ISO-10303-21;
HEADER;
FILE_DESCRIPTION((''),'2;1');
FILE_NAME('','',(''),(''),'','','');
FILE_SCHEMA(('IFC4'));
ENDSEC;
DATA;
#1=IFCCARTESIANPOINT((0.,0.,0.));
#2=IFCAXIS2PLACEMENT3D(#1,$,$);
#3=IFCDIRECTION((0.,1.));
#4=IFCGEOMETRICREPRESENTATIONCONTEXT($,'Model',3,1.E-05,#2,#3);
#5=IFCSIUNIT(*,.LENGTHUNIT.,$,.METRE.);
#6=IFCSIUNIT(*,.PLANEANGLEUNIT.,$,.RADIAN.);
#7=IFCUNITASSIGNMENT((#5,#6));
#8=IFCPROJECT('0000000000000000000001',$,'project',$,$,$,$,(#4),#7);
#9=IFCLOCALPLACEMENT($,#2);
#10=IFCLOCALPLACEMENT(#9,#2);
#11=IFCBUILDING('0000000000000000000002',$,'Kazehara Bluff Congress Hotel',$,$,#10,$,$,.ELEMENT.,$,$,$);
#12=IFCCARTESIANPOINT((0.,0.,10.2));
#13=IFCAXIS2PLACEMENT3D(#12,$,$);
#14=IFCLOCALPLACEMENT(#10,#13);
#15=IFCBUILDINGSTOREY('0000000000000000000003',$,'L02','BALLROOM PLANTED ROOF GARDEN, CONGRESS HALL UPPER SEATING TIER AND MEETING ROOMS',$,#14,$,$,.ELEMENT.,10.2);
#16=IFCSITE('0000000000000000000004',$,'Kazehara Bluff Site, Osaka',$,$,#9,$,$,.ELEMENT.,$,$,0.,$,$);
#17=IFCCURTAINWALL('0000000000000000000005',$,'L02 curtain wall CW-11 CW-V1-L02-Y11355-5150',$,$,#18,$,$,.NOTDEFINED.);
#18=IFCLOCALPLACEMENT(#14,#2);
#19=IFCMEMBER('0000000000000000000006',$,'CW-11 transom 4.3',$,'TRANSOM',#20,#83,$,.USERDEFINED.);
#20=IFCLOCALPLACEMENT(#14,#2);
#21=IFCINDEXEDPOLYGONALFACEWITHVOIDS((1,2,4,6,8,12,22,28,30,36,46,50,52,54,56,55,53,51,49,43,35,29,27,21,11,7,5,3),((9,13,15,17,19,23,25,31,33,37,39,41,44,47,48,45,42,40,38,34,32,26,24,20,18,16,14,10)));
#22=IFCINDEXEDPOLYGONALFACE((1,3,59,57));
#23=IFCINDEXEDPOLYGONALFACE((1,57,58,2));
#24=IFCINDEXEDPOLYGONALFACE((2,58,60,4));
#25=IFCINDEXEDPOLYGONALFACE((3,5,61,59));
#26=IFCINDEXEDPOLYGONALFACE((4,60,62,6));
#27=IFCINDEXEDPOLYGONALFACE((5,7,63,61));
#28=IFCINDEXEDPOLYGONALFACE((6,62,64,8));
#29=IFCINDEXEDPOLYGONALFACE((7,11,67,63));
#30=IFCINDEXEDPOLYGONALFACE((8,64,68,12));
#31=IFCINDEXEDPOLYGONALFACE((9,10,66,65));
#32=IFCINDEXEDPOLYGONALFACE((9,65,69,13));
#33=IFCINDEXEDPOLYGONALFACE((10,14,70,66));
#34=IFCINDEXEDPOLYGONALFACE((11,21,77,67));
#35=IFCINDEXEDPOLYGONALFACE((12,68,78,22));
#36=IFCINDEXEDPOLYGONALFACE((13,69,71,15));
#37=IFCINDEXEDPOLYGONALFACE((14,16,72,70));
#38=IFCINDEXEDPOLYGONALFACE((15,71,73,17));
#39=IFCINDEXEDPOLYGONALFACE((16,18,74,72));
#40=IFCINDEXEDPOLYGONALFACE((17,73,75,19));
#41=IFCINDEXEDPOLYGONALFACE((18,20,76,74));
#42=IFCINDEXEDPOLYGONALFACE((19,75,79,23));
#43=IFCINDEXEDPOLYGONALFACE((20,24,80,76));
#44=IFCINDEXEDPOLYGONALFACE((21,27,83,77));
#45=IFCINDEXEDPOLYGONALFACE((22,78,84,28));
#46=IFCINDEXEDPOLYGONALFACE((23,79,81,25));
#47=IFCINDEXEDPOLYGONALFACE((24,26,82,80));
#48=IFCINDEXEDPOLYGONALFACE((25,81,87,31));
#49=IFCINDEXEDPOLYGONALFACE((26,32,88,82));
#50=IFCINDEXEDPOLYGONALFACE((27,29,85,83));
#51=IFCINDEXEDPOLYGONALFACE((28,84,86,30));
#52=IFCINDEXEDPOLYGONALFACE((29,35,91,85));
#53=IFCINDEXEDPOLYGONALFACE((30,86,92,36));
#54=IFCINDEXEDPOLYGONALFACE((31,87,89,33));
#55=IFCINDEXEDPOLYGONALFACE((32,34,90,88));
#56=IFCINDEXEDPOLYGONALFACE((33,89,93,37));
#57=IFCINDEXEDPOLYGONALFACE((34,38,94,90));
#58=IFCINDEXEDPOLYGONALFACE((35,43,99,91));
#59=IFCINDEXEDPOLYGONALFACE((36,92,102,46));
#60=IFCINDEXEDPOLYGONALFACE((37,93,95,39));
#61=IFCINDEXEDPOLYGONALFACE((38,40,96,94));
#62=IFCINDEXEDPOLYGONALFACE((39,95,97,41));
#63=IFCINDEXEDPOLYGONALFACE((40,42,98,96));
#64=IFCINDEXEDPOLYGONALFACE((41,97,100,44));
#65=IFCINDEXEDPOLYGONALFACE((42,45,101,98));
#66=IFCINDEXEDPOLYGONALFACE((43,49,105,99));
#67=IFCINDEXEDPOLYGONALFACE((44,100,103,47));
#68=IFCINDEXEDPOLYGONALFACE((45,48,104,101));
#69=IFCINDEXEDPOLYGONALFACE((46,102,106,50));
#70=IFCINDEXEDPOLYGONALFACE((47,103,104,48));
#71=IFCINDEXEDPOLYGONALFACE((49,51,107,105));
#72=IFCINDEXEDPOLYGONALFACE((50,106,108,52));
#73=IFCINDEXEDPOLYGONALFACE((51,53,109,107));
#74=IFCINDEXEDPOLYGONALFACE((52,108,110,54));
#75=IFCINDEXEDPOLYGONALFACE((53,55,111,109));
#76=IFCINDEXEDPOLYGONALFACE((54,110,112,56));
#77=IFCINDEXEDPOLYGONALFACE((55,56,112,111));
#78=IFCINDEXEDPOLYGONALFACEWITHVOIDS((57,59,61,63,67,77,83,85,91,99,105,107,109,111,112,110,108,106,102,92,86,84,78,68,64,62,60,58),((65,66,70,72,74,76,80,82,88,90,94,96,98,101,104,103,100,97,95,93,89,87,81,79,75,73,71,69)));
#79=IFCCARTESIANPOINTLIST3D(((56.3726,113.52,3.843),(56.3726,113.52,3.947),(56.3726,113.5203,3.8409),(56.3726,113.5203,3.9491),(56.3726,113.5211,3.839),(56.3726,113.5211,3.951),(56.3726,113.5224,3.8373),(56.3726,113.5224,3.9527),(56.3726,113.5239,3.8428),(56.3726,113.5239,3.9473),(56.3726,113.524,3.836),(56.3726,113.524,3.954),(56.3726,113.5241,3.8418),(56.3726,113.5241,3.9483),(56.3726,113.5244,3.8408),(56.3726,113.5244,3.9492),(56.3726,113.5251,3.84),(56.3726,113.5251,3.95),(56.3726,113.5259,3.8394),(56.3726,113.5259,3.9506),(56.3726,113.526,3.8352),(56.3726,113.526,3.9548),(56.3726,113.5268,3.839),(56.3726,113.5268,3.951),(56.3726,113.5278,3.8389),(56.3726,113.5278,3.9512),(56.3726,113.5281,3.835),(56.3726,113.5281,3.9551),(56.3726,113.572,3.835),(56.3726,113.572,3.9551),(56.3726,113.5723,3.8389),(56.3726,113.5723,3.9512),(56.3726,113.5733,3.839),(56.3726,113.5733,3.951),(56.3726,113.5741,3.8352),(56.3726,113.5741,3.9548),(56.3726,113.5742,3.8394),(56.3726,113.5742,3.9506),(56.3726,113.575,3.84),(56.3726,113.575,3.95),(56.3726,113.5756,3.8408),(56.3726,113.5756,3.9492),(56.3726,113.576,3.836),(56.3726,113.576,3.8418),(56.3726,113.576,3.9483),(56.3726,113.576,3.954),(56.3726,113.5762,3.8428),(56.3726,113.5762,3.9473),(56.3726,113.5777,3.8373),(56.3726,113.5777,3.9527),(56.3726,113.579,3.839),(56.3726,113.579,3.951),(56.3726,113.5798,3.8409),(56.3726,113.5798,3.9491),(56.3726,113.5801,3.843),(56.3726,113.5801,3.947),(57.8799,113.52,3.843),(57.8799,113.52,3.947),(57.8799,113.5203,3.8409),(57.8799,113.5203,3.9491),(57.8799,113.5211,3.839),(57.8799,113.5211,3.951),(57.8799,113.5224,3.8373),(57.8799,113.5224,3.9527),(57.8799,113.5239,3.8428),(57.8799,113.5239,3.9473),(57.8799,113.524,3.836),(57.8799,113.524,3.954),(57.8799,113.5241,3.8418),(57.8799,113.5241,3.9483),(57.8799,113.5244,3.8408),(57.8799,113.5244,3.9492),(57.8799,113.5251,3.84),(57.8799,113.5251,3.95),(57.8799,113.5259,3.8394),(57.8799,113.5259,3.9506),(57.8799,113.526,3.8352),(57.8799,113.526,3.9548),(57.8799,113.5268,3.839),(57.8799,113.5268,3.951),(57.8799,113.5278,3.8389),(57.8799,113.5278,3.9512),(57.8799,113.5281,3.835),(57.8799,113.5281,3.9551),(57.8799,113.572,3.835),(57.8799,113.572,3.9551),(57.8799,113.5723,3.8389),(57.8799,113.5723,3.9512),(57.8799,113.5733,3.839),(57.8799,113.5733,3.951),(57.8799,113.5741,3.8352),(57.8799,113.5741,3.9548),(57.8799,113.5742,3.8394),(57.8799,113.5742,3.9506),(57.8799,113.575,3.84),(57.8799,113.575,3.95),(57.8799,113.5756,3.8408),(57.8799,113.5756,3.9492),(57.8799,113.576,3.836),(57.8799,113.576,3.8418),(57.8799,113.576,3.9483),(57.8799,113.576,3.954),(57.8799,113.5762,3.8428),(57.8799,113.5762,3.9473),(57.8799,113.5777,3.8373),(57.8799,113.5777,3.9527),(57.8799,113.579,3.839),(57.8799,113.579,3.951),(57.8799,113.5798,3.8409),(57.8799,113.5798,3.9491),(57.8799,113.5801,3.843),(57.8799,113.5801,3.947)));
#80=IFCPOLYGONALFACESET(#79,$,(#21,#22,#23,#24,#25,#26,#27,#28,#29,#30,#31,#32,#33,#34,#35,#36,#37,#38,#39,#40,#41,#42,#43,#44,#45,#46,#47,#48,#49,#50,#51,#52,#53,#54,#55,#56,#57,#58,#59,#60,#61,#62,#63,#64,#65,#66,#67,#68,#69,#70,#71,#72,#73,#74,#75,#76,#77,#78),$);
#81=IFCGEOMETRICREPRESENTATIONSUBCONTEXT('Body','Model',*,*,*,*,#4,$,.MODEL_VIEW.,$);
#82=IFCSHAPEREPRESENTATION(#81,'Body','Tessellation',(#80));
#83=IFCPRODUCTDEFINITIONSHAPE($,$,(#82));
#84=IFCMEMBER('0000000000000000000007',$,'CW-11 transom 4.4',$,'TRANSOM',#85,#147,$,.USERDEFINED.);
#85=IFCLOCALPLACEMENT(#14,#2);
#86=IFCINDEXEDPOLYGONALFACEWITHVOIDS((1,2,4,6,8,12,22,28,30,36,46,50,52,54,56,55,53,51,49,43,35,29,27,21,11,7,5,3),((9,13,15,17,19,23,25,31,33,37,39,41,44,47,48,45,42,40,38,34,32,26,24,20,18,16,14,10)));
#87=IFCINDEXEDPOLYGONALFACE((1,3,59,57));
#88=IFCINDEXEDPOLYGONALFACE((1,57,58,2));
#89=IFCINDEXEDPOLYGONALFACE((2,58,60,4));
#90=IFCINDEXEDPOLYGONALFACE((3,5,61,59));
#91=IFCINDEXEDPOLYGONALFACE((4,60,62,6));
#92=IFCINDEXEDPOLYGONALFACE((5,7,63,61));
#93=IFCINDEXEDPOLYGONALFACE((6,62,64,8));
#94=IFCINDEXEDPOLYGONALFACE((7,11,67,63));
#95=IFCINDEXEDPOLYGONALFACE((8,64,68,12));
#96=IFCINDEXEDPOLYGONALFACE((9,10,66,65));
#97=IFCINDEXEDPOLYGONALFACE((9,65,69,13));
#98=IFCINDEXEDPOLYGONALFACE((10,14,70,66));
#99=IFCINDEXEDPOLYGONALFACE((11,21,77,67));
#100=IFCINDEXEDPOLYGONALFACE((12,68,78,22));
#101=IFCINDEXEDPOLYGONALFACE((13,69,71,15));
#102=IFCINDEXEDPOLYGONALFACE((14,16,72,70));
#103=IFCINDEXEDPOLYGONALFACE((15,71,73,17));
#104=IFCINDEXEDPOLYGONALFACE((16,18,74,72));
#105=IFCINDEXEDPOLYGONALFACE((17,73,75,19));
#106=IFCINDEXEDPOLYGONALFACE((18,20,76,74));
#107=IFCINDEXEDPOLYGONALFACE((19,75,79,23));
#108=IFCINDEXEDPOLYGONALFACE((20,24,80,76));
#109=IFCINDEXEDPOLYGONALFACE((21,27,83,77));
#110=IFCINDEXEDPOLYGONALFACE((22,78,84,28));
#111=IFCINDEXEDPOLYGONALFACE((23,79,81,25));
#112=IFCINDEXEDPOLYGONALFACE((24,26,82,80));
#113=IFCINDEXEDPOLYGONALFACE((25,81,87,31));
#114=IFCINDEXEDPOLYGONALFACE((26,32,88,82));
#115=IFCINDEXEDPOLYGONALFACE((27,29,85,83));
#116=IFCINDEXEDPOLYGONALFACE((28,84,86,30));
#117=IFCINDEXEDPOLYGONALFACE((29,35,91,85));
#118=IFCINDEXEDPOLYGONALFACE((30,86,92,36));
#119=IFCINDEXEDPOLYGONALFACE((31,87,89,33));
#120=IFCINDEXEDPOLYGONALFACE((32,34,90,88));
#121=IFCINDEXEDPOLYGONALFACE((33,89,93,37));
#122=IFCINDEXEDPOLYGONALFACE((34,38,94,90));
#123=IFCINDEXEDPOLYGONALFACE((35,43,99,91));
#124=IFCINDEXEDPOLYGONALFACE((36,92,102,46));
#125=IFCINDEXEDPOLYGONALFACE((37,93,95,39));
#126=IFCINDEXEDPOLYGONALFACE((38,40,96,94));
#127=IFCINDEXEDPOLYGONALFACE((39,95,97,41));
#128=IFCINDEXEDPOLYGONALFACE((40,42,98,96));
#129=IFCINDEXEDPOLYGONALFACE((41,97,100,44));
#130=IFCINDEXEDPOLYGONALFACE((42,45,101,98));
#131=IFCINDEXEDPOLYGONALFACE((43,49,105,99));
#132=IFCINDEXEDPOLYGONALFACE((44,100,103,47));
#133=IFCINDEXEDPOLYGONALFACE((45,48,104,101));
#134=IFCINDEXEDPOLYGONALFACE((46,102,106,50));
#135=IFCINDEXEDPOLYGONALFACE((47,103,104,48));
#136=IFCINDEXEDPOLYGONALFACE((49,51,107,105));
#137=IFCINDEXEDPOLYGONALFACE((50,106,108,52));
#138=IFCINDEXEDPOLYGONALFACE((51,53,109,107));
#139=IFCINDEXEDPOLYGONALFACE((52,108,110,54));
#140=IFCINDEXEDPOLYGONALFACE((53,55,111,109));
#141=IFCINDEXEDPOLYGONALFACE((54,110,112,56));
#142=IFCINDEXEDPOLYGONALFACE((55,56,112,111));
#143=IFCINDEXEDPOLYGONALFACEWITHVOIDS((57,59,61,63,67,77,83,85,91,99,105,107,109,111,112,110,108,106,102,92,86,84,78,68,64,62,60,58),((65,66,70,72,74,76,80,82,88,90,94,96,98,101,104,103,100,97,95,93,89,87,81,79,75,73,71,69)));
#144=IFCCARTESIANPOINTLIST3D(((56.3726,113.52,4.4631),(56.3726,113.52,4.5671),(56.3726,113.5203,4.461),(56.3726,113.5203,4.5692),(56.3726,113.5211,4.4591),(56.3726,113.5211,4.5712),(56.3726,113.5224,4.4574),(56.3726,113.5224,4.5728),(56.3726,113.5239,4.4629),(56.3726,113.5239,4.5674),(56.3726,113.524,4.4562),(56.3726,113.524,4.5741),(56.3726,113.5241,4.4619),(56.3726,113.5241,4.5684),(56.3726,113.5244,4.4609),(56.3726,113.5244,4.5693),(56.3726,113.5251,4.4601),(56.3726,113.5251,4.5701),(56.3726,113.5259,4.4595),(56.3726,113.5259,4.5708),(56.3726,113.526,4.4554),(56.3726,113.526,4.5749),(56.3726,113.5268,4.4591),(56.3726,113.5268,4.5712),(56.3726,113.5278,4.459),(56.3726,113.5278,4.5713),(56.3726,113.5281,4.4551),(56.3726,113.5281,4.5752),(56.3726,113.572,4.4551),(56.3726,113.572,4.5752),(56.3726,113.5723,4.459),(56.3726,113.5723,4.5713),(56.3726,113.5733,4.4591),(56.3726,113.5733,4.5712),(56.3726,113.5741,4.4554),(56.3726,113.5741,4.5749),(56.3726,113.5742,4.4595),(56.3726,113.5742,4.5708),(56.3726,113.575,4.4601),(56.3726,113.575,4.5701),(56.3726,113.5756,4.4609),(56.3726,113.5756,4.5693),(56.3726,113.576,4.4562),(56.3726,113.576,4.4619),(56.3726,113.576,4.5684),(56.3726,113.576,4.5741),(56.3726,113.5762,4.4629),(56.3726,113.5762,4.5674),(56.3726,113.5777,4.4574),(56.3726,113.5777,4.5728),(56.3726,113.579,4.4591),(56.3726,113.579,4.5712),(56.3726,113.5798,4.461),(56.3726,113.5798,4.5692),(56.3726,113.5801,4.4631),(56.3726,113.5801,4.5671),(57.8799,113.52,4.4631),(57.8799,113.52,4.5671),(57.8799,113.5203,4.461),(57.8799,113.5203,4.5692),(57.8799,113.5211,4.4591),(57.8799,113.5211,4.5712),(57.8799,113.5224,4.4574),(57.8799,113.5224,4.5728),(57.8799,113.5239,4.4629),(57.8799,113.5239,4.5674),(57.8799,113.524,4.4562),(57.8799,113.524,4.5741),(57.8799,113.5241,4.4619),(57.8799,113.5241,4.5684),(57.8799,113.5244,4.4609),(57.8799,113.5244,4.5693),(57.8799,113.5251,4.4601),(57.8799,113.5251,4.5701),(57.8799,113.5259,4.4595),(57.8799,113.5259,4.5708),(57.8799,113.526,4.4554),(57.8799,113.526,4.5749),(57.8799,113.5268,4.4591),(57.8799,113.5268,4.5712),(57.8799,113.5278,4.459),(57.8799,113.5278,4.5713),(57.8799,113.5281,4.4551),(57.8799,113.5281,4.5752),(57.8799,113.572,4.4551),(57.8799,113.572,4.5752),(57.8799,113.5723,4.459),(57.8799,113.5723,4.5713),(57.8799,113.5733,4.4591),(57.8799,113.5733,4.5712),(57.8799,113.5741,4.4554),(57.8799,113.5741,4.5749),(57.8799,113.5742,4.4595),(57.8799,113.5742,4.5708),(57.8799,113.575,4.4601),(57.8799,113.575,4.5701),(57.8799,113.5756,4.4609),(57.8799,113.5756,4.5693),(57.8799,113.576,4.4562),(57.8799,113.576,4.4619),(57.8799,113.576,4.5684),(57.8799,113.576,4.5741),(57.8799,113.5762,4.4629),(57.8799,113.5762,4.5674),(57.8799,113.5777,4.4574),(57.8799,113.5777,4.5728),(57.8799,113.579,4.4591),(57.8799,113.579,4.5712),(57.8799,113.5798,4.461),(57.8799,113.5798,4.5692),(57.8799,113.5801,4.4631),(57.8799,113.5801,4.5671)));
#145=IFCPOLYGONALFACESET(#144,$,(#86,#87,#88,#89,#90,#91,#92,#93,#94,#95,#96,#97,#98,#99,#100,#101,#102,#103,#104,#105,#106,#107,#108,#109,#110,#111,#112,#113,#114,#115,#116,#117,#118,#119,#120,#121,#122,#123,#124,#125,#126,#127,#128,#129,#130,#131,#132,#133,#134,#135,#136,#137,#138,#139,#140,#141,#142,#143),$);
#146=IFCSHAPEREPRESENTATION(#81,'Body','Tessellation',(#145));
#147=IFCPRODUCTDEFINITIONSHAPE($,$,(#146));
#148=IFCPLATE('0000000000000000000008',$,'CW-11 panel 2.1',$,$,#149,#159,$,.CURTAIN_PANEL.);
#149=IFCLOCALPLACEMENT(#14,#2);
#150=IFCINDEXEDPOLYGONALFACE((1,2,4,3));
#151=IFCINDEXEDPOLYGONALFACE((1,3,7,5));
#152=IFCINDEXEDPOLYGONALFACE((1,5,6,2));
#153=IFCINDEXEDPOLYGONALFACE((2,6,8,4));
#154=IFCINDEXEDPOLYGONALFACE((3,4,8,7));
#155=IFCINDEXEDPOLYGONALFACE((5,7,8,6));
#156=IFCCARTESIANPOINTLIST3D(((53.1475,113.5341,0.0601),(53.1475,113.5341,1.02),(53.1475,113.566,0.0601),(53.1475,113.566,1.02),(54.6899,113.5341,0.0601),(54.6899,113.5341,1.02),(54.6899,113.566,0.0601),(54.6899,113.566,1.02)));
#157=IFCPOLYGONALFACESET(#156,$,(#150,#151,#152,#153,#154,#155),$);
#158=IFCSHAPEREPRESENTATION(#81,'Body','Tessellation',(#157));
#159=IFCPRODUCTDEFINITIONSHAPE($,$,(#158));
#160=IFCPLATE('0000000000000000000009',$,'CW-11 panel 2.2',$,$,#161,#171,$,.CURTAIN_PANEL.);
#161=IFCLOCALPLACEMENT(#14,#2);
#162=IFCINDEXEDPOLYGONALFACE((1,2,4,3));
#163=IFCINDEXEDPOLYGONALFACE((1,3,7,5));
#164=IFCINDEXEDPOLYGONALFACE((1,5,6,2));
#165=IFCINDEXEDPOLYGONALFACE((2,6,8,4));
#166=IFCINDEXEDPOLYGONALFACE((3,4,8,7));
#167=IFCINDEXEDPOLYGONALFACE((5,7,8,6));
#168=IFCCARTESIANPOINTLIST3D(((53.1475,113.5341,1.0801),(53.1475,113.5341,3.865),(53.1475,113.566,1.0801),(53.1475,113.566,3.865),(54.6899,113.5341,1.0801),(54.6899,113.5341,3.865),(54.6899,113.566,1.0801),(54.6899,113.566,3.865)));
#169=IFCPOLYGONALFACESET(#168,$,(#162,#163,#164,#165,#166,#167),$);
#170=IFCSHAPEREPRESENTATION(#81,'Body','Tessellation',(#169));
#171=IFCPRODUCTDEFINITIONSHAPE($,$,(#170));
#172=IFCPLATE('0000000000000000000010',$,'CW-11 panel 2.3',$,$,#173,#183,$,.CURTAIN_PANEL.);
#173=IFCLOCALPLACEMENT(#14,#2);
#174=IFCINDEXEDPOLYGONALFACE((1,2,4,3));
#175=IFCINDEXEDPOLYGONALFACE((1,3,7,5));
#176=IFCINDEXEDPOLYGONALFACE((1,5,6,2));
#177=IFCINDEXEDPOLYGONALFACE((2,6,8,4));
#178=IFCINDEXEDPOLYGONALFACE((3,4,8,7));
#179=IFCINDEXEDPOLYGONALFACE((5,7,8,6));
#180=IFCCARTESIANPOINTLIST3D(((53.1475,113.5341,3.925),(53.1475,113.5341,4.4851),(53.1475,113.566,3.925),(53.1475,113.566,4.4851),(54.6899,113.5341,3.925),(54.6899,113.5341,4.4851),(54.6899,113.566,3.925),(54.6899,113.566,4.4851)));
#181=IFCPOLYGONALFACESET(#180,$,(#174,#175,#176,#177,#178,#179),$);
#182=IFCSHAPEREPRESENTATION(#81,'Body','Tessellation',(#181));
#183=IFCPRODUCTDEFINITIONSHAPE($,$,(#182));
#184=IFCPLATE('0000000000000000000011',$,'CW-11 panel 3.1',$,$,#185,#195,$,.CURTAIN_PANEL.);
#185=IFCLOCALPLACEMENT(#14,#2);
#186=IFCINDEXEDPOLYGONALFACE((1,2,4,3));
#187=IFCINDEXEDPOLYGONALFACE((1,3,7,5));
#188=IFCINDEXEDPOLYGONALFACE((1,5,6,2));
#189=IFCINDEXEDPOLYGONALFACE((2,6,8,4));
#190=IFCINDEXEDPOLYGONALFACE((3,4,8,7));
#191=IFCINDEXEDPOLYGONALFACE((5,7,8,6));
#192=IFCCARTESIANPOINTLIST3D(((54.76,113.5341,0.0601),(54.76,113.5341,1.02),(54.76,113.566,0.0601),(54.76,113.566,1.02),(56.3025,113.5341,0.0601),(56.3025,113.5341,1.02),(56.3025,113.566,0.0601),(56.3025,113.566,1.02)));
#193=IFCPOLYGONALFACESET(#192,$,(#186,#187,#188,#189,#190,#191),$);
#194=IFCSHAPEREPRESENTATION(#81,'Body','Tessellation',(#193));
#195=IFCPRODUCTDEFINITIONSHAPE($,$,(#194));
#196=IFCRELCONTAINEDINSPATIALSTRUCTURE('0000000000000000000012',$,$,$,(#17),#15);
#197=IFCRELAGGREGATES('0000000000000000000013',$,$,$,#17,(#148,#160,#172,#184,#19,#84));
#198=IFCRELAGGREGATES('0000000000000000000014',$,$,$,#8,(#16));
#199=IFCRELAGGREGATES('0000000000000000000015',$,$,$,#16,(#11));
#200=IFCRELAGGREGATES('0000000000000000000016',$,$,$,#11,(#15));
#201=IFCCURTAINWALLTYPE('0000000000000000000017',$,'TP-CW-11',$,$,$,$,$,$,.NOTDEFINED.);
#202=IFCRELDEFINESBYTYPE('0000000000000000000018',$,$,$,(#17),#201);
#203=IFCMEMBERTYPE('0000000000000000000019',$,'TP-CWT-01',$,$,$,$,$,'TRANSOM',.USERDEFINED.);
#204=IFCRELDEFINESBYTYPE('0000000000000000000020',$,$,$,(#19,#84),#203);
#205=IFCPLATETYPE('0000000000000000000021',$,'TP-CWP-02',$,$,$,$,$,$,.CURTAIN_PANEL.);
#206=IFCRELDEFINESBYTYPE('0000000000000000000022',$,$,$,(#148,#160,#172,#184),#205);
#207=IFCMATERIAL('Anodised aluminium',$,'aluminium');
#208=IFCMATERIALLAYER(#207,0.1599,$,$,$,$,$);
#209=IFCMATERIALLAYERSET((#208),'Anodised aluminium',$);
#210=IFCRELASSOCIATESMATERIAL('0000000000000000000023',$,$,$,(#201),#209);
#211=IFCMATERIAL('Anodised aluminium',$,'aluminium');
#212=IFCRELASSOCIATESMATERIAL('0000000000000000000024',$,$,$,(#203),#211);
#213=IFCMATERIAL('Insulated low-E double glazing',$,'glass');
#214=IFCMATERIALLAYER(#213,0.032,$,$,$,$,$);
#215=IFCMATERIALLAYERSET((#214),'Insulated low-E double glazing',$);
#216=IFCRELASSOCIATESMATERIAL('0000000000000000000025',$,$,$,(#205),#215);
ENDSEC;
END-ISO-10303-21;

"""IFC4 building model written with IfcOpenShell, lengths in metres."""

from ifc_helpers import new_model, si_unit, direction, frame, origin, origin_2d, place, context, subcontext, project, spatial, rectangle, hollow_rectangle, extrude, material, layer, layer_set, material_profile, profile_set, type_object, element, aggregate, save


model = new_model("IFC4")

# Units and contexts
model_context = context("Model", 3, precision=1e-05, world=origin(), true_north=direction((0.0, 1.0)))
body_context = subcontext(model_context, "Body", "Model", "MODEL_VIEW")
ifc_project = project(units=[si_unit("LENGTHUNIT", "METRE"), si_unit("PLANEANGLEUNIT", "RADIAN")], contexts=[model_context])

# Site, building, storey
site_placement = place(None, origin())
site = spatial("IfcSite", under=ifc_project, at=site_placement, Name="Kazehara Bluff Site, Osaka", CompositionType="ELEMENT", RefElevation=0.0)
building_placement = place(site_placement, origin())
building = spatial("IfcBuilding", under=site, at=building_placement, Name="Kazehara Bluff Congress Hotel", CompositionType="ELEMENT")
storey_placement = place(building_placement, frame((0.0, 0.0, 10.2)))
storey = spatial("IfcBuildingStorey", under=building, at=storey_placement, Name="L02", Description="BALLROOM PLANTED ROOF GARDEN, CONGRESS HALL UPPER SEATING TIER AND MEETING ROOMS", CompositionType="ELEMENT", Elevation=10.2)

# Curtain wall, members, plates
ifc_material_1 = material(Name="Anodised aluminium", Category="aluminium")
ifc_layer_1 = layer(ifc_material_1, 0.1599)
ifc_layer_set_1 = layer_set([ifc_layer_1], Name="Anodised aluminium")
curtain_wall_type = type_object("IfcCurtainWallType", Name="TP-CW-11", PredefinedType="NOTDEFINED", material=ifc_layer_set_1)
curtain_wall_placement = place(storey_placement, origin())
curtain_wall = element("IfcCurtainWall", 1, at=curtain_wall_placement, inside=storey, type_object=curtain_wall_type, Name="L02 curtain wall CW-11 CW-V1-L02-Y11355-5150", PredefinedType="NOTDEFINED")
ifc_material_2 = material(Name="Anodised aluminium", Category="aluminium")
ifc_material_profile_1 = material_profile(ifc_material_2, hollow_rectangle(XDim=0.0601, YDim=0.1201, WallThickness=0.0039, InnerFilletRadius=0.0039, OuterFilletRadius=0.0081, at=origin_2d()))
ifc_profile_set_1 = profile_set([ifc_material_profile_1], Name="Anodised aluminium")
member_type_1 = type_object("IfcMemberType", Name="TP-CWT-01", ElementType="TRANSOM", PredefinedType="USERDEFINED", material=ifc_profile_set_1)
member_1_placement = place(storey_placement, frame((56.3726, 113.55, 3.895), z_axis=(1.0, 0.0, 0.0), x_axis=(0.0, 1.0, 0.0)))
member_1 = element("IfcMember", 2, at=member_1_placement, type_object=member_type_1, Name="CW-11 transom 4.3", ObjectType="TRANSOM", PredefinedType="USERDEFINED", context=body_context, shape_type="SweptSolid", body=[
    extrude(hollow_rectangle(XDim=0.0601, YDim=0.1201, WallThickness=0.0039, InnerFilletRadius=0.0039, OuterFilletRadius=0.0081, at=origin_2d()), origin(), (0.0, 0.0, 1.0), 1.5073),
])
member_2_placement = place(storey_placement, frame((56.3726, 113.55, 4.5151), z_axis=(1.0, 0.0, 0.0), x_axis=(0.0, 1.0, 0.0)))
member_2 = element("IfcMember", 3, at=member_2_placement, type_object=member_type_1, Name="CW-11 transom 4.4", ObjectType="TRANSOM", PredefinedType="USERDEFINED", context=body_context, shape_type="SweptSolid", body=[
    extrude(hollow_rectangle(XDim=0.0601, YDim=0.1201, WallThickness=0.0039, InnerFilletRadius=0.0039, OuterFilletRadius=0.0081, at=origin_2d()), origin(), (0.0, 0.0, 1.0), 1.5073),
])
ifc_material_3 = material(Name="Insulated low-E double glazing", Category="glass")
ifc_layer_2 = layer(ifc_material_3, 0.032)
ifc_layer_set_2 = layer_set([ifc_layer_2], Name="Insulated low-E double glazing")
plate_type = type_object("IfcPlateType", Name="TP-CWP-02", PredefinedType="CURTAIN_PANEL", material=ifc_layer_set_2)
plate_1_placement = place(storey_placement, frame((53.9187, 113.55, 0.0601), z_axis=(0.0, 0.0, 1.0), x_axis=(1.0, 0.0, 0.0)))
plate_1 = element("IfcPlate", 4, at=plate_1_placement, type_object=plate_type, Name="CW-11 panel 2.1", PredefinedType="CURTAIN_PANEL", context=body_context, shape_type="SweptSolid", body=[
    extrude(rectangle(XDim=1.5425, YDim=0.032, at=origin_2d()), origin(), (0.0, 0.0, 1.0), 0.96),
])
plate_2_placement = place(storey_placement, frame((53.9187, 113.55, 1.0801), z_axis=(0.0, 0.0, 1.0), x_axis=(1.0, 0.0, 0.0)))
plate_2 = element("IfcPlate", 5, at=plate_2_placement, type_object=plate_type, Name="CW-11 panel 2.2", PredefinedType="CURTAIN_PANEL", context=body_context, shape_type="SweptSolid", body=[
    extrude(rectangle(XDim=1.5425, YDim=0.032, at=origin_2d()), origin(), (0.0, 0.0, 1.0), 2.7849),
])
plate_3_placement = place(storey_placement, frame((53.9187, 113.55, 3.925), z_axis=(0.0, 0.0, 1.0), x_axis=(1.0, 0.0, 0.0)))
plate_3 = element("IfcPlate", 6, at=plate_3_placement, type_object=plate_type, Name="CW-11 panel 2.3", PredefinedType="CURTAIN_PANEL", context=body_context, shape_type="SweptSolid", body=[
    extrude(rectangle(XDim=1.5425, YDim=0.032, at=origin_2d()), origin(), (0.0, 0.0, 1.0), 0.5601),
])
plate_4_placement = place(storey_placement, frame((55.5312, 113.55, 0.0601), z_axis=(0.0, 0.0, 1.0), x_axis=(1.0, 0.0, 0.0)))
plate_4 = element("IfcPlate", 7, at=plate_4_placement, type_object=plate_type, Name="CW-11 panel 3.1", PredefinedType="CURTAIN_PANEL", context=body_context, shape_type="SweptSolid", body=[
    extrude(rectangle(XDim=1.5425, YDim=0.032, at=origin_2d()), origin(), (0.0, 0.0, 1.0), 0.96),
])
aggregate(curtain_wall, [plate_1, plate_2, plate_3, plate_4, member_1, member_2])

save(model, "model.ifc")
